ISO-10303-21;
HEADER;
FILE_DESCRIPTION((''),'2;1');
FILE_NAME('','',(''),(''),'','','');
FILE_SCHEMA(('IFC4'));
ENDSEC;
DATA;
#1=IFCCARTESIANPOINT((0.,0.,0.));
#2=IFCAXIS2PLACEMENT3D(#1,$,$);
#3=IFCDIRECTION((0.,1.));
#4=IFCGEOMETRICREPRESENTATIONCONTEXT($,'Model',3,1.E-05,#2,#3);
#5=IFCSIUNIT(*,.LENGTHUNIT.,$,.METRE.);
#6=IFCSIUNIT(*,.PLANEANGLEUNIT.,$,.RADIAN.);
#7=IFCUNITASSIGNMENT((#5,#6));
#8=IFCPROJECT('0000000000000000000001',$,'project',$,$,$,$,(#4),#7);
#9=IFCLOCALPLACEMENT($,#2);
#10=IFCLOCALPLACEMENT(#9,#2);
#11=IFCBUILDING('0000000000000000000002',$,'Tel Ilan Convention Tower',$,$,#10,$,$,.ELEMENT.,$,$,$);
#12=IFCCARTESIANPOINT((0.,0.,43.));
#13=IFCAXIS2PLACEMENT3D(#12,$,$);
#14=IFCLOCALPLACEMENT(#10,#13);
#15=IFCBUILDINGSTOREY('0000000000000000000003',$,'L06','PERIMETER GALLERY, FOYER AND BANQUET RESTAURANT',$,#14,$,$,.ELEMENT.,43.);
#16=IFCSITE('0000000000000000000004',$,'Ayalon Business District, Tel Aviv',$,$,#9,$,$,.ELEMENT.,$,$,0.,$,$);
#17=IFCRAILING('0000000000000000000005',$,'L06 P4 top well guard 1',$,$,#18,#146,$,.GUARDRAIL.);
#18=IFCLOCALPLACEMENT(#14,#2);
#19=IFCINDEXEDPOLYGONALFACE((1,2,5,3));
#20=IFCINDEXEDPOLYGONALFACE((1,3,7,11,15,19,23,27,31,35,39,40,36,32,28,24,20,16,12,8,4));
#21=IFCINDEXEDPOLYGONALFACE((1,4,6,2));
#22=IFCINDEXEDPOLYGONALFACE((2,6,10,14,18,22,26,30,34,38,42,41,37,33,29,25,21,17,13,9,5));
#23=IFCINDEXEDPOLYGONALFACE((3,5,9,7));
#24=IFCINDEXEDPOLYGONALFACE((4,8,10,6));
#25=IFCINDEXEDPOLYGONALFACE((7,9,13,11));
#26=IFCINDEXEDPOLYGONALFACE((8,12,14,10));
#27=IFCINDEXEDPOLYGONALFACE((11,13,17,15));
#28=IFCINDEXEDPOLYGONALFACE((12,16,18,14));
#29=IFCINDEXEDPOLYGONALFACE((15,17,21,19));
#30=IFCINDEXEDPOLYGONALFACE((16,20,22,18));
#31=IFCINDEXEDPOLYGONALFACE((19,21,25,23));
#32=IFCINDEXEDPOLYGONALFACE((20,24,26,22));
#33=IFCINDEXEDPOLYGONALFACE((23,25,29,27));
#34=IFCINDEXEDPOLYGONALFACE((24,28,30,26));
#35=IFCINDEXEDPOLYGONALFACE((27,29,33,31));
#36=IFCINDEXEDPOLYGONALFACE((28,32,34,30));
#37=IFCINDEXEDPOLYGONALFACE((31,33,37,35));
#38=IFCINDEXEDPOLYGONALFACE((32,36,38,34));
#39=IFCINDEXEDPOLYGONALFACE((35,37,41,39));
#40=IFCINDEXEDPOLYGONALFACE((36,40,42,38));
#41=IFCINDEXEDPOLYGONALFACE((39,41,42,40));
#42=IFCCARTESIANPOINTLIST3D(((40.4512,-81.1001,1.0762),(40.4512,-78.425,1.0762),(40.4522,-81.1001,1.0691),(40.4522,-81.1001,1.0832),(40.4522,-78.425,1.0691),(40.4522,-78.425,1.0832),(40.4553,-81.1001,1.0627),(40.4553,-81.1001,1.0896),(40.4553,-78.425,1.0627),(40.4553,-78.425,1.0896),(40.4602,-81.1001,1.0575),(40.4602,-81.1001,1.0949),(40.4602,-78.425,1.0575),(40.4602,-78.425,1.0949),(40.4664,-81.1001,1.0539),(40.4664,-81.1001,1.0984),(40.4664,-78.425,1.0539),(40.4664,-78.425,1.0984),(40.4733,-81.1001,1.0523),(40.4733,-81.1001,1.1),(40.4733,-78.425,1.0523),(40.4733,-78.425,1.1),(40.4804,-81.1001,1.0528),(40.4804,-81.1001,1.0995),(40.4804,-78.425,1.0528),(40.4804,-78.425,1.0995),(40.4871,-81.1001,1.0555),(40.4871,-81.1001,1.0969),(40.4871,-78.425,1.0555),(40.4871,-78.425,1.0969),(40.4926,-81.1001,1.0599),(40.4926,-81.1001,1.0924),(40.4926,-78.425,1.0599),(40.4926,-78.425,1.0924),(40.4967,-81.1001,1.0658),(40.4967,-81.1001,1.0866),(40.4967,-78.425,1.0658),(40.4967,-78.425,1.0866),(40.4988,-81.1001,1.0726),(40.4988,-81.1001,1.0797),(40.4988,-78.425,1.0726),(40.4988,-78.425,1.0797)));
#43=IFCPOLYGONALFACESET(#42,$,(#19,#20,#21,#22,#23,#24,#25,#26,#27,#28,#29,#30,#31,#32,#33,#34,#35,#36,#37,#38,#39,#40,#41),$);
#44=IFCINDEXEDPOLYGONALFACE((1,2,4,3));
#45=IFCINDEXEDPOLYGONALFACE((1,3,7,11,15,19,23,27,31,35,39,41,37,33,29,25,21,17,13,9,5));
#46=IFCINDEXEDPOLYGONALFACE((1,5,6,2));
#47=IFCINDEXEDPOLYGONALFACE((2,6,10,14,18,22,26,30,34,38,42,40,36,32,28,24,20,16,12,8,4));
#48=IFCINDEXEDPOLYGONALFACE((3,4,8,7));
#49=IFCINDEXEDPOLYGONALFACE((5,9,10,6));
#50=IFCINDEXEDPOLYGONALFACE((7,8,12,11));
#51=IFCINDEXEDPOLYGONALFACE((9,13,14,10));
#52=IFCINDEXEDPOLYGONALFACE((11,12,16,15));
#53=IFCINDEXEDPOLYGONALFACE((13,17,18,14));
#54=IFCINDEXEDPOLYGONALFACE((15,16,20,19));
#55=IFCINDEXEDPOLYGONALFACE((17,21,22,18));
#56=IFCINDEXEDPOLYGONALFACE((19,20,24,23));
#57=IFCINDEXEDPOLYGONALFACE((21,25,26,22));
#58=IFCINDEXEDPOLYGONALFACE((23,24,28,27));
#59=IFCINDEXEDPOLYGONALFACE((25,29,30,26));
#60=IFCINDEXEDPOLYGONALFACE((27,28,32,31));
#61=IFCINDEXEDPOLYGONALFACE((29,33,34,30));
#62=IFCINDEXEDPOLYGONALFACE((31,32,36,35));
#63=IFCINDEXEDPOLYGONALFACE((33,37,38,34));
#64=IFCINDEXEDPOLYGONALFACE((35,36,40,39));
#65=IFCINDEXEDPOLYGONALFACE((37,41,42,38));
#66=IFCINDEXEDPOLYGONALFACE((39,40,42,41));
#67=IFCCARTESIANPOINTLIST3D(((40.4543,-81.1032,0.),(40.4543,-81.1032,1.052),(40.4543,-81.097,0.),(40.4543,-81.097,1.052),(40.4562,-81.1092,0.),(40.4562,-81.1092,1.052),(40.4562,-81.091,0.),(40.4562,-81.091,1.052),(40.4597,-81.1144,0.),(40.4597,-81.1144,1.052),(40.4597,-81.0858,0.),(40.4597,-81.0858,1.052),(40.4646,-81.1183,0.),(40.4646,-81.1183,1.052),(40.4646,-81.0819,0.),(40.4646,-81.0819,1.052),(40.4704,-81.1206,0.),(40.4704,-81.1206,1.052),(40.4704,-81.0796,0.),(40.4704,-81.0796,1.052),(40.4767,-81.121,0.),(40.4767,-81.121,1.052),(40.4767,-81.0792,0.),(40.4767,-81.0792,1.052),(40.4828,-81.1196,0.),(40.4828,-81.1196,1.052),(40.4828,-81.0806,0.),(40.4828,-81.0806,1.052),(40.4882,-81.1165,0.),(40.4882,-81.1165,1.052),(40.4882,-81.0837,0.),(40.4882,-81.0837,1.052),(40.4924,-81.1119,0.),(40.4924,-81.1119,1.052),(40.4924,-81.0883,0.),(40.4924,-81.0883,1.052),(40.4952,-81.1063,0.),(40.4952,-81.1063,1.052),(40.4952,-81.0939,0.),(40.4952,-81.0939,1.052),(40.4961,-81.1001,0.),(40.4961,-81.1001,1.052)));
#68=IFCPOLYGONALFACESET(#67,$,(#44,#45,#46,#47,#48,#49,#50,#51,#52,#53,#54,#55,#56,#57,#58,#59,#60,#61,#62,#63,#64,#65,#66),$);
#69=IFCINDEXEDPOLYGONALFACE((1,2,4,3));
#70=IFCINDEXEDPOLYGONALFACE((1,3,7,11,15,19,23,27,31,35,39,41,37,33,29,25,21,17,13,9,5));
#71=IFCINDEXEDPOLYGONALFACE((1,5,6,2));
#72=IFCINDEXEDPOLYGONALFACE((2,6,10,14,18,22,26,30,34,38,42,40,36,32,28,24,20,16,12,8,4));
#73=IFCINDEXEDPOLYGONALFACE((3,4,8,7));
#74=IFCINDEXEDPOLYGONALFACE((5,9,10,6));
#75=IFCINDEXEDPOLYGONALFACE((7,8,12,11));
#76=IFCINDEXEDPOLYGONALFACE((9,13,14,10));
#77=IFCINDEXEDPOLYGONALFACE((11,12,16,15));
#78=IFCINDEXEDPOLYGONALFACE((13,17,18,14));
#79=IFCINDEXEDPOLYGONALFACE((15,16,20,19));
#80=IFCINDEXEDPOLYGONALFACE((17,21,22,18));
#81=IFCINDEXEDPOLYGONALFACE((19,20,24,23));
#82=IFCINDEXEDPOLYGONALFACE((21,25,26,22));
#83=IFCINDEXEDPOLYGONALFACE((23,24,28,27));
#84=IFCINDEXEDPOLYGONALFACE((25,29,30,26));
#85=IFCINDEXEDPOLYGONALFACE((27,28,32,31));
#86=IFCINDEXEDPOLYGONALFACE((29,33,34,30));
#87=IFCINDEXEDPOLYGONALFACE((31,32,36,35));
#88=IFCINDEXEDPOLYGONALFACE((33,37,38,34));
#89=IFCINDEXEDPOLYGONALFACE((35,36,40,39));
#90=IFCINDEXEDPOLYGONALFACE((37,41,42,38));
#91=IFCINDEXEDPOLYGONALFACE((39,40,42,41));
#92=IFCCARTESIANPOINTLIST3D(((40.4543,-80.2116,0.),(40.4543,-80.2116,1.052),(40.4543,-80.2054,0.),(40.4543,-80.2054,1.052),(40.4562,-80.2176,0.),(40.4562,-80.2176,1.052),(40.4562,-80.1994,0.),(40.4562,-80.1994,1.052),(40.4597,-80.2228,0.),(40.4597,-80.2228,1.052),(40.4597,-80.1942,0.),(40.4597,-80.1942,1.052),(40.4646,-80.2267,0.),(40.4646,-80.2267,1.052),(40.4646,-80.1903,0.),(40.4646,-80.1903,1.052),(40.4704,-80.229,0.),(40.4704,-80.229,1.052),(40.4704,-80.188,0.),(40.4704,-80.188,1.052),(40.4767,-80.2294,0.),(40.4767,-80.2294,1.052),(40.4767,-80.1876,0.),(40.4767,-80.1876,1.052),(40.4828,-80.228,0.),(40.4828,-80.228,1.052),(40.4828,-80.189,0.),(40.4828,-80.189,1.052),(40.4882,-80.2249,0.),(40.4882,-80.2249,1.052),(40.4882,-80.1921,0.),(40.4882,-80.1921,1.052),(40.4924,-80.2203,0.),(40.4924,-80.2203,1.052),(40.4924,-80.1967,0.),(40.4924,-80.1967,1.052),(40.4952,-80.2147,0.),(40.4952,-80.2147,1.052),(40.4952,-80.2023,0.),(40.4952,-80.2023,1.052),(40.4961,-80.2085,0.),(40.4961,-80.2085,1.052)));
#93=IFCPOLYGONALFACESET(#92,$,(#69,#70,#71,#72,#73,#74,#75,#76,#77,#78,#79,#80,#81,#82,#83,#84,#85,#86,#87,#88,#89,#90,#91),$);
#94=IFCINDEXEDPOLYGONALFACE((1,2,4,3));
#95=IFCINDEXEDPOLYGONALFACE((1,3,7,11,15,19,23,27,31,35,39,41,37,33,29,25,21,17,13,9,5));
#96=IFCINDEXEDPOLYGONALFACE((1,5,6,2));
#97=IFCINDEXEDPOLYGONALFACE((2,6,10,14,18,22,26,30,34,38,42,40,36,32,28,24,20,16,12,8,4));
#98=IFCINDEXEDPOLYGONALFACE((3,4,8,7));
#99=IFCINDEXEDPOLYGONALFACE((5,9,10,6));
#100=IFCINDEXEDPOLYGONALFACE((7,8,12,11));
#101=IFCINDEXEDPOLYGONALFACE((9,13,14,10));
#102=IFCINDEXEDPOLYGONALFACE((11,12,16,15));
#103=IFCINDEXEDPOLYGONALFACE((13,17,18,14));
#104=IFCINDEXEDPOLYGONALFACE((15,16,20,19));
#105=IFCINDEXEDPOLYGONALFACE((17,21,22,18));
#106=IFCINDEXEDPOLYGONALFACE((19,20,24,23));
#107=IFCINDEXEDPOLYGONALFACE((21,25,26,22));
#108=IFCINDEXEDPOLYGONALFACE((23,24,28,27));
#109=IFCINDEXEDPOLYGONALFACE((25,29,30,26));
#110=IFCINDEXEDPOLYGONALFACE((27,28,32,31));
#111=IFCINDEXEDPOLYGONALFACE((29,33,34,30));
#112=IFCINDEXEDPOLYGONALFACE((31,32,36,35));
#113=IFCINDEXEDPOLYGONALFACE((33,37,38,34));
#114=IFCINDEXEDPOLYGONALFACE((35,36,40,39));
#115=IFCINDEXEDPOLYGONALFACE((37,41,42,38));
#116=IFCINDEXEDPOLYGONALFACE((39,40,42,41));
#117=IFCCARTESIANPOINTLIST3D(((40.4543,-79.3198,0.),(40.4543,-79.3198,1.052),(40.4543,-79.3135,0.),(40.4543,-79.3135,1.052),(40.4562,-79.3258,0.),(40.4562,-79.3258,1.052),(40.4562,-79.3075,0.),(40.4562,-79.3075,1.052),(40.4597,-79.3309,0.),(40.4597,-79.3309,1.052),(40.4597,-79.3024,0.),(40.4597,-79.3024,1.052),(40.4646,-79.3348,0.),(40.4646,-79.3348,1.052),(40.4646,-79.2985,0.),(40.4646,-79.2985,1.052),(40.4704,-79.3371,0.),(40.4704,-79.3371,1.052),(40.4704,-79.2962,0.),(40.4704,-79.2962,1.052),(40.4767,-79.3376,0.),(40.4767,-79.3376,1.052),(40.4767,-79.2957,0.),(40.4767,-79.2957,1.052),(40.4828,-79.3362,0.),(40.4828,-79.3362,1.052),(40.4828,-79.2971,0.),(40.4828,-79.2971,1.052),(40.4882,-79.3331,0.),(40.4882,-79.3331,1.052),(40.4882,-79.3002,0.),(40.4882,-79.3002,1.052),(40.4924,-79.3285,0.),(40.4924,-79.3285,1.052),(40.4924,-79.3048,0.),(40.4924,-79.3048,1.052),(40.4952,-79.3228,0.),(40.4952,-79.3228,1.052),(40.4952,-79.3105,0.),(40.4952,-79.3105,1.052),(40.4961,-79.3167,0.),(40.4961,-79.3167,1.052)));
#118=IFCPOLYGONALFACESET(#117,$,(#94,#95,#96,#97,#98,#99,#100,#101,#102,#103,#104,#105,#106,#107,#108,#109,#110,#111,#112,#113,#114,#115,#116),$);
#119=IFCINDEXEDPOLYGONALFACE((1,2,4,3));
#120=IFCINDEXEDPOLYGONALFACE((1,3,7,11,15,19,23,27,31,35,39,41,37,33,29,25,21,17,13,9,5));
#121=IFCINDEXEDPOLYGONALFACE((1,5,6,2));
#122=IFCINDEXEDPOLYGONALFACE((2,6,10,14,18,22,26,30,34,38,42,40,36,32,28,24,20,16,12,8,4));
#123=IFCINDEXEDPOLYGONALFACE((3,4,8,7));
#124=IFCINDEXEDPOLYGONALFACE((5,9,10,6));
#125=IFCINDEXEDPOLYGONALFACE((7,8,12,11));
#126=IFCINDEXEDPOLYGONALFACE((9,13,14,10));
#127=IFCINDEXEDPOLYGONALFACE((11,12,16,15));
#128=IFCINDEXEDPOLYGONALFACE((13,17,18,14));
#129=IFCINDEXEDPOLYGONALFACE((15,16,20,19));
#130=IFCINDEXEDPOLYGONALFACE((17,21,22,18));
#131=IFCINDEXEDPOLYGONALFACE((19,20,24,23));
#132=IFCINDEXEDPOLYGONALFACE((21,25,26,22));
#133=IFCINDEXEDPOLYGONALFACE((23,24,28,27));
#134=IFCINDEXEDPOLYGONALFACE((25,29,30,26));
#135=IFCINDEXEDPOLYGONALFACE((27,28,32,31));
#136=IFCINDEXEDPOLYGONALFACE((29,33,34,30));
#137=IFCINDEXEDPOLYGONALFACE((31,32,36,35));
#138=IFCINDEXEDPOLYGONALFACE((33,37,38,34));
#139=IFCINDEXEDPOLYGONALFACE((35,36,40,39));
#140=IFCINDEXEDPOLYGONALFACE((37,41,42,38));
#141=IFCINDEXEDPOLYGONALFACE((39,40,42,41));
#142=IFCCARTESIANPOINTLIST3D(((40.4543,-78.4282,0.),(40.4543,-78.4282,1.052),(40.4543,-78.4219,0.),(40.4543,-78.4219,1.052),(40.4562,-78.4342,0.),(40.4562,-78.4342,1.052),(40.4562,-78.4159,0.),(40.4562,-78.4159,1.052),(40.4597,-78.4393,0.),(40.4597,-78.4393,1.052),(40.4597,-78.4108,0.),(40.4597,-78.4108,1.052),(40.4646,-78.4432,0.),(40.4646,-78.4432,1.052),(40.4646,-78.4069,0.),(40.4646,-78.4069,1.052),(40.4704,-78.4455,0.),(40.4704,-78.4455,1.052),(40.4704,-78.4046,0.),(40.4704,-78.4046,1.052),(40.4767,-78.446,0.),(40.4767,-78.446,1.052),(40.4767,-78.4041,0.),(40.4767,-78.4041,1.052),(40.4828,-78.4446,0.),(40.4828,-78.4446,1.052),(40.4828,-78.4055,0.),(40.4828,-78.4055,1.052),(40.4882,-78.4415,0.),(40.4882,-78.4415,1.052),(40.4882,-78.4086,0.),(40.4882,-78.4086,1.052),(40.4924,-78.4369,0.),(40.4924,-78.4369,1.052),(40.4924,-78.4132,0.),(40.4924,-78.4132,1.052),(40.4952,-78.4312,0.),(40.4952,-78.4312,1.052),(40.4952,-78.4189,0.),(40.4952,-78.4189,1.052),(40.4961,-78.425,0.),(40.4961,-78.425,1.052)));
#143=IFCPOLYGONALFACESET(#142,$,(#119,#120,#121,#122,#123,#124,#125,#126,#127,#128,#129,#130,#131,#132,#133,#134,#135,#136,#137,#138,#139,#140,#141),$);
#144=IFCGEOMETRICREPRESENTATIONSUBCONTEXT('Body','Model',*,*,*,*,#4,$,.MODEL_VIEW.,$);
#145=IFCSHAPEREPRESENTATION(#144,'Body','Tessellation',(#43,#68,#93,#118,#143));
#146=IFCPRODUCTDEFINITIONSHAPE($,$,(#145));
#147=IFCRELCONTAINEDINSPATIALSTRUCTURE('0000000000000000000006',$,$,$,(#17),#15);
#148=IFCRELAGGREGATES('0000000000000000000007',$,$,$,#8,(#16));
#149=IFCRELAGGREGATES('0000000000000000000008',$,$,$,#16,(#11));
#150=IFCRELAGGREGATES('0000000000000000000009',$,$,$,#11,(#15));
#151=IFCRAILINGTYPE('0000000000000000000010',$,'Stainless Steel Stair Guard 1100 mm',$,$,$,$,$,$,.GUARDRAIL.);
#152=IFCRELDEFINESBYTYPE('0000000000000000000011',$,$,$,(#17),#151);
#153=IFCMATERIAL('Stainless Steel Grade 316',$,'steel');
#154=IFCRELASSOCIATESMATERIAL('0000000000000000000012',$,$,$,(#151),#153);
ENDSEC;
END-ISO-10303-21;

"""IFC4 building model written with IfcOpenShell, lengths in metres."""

from ifc_helpers import new_model, si_unit, direction, frame, origin, origin_2d, place, context, subcontext, project, spatial, circle, extrude, material, type_object, element, save


model = new_model("IFC4")

# Units and contexts
model_context = context("Model", 3, precision=1e-05, world=origin(), true_north=direction((0.0, 1.0)))
body_context = subcontext(model_context, "Body", "Model", "MODEL_VIEW")
ifc_project = project(units=[si_unit("LENGTHUNIT", "METRE"), si_unit("PLANEANGLEUNIT", "RADIAN")], contexts=[model_context])

# Site, building, storey
site_placement = place(None, origin())
site = spatial("IfcSite", under=ifc_project, at=site_placement, Name="Ayalon Business District, Tel Aviv", CompositionType="ELEMENT", RefElevation=0.0)
building_placement = place(site_placement, origin())
building = spatial("IfcBuilding", under=site, at=building_placement, Name="Tel Ilan Convention Tower", CompositionType="ELEMENT")
storey_placement = place(building_placement, frame((0.0, 0.0, 43.0)))
storey = spatial("IfcBuildingStorey", under=building, at=storey_placement, Name="L06", Description="PERIMETER GALLERY, FOYER AND BANQUET RESTAURANT", CompositionType="ELEMENT", Elevation=43.0)

# Railing
ifc_material_1 = material(Name="Stainless Steel Grade 316", Category="steel")
railing_type = type_object("IfcRailingType", Name="Stainless Steel Stair Guard 1100 mm", PredefinedType="GUARDRAIL", material=ifc_material_1)
railing_placement = place(storey_placement, frame((40.4751, -81.1001, 0.0)))
element("IfcRailing", 1, at=railing_placement, inside=storey, type_object=railing_type, Name="L06 P4 top well guard 1", PredefinedType="GUARDRAIL", context=body_context, shape_type="SweptSolid", body=[
    extrude(circle(Radius=0.0239, at=origin_2d()), frame((0.0, 0.0, 1.0762), z_axis=(0.0, 1.0, 0.0), x_axis=(-1.0, 0.0, 0.0)), (0.0, 0.0, 1.0), 2.675),
    extrude(circle(Radius=0.021, at=origin_2d()), origin(), (0.0, 0.0, 1.0), 1.052),
    extrude(circle(Radius=0.021, at=origin_2d()), frame((0.0, 0.8916, 0.0)), (0.0, 0.0, 1.0), 1.052),
    extrude(circle(Radius=0.021, at=origin_2d()), frame((0.0, 1.7834, 0.0)), (0.0, 0.0, 1.0), 1.052),
    extrude(circle(Radius=0.021, at=origin_2d()), frame((0.0, 2.675, 0.0)), (0.0, 0.0, 1.0), 1.052),
])

save(model, "model.ifc")
